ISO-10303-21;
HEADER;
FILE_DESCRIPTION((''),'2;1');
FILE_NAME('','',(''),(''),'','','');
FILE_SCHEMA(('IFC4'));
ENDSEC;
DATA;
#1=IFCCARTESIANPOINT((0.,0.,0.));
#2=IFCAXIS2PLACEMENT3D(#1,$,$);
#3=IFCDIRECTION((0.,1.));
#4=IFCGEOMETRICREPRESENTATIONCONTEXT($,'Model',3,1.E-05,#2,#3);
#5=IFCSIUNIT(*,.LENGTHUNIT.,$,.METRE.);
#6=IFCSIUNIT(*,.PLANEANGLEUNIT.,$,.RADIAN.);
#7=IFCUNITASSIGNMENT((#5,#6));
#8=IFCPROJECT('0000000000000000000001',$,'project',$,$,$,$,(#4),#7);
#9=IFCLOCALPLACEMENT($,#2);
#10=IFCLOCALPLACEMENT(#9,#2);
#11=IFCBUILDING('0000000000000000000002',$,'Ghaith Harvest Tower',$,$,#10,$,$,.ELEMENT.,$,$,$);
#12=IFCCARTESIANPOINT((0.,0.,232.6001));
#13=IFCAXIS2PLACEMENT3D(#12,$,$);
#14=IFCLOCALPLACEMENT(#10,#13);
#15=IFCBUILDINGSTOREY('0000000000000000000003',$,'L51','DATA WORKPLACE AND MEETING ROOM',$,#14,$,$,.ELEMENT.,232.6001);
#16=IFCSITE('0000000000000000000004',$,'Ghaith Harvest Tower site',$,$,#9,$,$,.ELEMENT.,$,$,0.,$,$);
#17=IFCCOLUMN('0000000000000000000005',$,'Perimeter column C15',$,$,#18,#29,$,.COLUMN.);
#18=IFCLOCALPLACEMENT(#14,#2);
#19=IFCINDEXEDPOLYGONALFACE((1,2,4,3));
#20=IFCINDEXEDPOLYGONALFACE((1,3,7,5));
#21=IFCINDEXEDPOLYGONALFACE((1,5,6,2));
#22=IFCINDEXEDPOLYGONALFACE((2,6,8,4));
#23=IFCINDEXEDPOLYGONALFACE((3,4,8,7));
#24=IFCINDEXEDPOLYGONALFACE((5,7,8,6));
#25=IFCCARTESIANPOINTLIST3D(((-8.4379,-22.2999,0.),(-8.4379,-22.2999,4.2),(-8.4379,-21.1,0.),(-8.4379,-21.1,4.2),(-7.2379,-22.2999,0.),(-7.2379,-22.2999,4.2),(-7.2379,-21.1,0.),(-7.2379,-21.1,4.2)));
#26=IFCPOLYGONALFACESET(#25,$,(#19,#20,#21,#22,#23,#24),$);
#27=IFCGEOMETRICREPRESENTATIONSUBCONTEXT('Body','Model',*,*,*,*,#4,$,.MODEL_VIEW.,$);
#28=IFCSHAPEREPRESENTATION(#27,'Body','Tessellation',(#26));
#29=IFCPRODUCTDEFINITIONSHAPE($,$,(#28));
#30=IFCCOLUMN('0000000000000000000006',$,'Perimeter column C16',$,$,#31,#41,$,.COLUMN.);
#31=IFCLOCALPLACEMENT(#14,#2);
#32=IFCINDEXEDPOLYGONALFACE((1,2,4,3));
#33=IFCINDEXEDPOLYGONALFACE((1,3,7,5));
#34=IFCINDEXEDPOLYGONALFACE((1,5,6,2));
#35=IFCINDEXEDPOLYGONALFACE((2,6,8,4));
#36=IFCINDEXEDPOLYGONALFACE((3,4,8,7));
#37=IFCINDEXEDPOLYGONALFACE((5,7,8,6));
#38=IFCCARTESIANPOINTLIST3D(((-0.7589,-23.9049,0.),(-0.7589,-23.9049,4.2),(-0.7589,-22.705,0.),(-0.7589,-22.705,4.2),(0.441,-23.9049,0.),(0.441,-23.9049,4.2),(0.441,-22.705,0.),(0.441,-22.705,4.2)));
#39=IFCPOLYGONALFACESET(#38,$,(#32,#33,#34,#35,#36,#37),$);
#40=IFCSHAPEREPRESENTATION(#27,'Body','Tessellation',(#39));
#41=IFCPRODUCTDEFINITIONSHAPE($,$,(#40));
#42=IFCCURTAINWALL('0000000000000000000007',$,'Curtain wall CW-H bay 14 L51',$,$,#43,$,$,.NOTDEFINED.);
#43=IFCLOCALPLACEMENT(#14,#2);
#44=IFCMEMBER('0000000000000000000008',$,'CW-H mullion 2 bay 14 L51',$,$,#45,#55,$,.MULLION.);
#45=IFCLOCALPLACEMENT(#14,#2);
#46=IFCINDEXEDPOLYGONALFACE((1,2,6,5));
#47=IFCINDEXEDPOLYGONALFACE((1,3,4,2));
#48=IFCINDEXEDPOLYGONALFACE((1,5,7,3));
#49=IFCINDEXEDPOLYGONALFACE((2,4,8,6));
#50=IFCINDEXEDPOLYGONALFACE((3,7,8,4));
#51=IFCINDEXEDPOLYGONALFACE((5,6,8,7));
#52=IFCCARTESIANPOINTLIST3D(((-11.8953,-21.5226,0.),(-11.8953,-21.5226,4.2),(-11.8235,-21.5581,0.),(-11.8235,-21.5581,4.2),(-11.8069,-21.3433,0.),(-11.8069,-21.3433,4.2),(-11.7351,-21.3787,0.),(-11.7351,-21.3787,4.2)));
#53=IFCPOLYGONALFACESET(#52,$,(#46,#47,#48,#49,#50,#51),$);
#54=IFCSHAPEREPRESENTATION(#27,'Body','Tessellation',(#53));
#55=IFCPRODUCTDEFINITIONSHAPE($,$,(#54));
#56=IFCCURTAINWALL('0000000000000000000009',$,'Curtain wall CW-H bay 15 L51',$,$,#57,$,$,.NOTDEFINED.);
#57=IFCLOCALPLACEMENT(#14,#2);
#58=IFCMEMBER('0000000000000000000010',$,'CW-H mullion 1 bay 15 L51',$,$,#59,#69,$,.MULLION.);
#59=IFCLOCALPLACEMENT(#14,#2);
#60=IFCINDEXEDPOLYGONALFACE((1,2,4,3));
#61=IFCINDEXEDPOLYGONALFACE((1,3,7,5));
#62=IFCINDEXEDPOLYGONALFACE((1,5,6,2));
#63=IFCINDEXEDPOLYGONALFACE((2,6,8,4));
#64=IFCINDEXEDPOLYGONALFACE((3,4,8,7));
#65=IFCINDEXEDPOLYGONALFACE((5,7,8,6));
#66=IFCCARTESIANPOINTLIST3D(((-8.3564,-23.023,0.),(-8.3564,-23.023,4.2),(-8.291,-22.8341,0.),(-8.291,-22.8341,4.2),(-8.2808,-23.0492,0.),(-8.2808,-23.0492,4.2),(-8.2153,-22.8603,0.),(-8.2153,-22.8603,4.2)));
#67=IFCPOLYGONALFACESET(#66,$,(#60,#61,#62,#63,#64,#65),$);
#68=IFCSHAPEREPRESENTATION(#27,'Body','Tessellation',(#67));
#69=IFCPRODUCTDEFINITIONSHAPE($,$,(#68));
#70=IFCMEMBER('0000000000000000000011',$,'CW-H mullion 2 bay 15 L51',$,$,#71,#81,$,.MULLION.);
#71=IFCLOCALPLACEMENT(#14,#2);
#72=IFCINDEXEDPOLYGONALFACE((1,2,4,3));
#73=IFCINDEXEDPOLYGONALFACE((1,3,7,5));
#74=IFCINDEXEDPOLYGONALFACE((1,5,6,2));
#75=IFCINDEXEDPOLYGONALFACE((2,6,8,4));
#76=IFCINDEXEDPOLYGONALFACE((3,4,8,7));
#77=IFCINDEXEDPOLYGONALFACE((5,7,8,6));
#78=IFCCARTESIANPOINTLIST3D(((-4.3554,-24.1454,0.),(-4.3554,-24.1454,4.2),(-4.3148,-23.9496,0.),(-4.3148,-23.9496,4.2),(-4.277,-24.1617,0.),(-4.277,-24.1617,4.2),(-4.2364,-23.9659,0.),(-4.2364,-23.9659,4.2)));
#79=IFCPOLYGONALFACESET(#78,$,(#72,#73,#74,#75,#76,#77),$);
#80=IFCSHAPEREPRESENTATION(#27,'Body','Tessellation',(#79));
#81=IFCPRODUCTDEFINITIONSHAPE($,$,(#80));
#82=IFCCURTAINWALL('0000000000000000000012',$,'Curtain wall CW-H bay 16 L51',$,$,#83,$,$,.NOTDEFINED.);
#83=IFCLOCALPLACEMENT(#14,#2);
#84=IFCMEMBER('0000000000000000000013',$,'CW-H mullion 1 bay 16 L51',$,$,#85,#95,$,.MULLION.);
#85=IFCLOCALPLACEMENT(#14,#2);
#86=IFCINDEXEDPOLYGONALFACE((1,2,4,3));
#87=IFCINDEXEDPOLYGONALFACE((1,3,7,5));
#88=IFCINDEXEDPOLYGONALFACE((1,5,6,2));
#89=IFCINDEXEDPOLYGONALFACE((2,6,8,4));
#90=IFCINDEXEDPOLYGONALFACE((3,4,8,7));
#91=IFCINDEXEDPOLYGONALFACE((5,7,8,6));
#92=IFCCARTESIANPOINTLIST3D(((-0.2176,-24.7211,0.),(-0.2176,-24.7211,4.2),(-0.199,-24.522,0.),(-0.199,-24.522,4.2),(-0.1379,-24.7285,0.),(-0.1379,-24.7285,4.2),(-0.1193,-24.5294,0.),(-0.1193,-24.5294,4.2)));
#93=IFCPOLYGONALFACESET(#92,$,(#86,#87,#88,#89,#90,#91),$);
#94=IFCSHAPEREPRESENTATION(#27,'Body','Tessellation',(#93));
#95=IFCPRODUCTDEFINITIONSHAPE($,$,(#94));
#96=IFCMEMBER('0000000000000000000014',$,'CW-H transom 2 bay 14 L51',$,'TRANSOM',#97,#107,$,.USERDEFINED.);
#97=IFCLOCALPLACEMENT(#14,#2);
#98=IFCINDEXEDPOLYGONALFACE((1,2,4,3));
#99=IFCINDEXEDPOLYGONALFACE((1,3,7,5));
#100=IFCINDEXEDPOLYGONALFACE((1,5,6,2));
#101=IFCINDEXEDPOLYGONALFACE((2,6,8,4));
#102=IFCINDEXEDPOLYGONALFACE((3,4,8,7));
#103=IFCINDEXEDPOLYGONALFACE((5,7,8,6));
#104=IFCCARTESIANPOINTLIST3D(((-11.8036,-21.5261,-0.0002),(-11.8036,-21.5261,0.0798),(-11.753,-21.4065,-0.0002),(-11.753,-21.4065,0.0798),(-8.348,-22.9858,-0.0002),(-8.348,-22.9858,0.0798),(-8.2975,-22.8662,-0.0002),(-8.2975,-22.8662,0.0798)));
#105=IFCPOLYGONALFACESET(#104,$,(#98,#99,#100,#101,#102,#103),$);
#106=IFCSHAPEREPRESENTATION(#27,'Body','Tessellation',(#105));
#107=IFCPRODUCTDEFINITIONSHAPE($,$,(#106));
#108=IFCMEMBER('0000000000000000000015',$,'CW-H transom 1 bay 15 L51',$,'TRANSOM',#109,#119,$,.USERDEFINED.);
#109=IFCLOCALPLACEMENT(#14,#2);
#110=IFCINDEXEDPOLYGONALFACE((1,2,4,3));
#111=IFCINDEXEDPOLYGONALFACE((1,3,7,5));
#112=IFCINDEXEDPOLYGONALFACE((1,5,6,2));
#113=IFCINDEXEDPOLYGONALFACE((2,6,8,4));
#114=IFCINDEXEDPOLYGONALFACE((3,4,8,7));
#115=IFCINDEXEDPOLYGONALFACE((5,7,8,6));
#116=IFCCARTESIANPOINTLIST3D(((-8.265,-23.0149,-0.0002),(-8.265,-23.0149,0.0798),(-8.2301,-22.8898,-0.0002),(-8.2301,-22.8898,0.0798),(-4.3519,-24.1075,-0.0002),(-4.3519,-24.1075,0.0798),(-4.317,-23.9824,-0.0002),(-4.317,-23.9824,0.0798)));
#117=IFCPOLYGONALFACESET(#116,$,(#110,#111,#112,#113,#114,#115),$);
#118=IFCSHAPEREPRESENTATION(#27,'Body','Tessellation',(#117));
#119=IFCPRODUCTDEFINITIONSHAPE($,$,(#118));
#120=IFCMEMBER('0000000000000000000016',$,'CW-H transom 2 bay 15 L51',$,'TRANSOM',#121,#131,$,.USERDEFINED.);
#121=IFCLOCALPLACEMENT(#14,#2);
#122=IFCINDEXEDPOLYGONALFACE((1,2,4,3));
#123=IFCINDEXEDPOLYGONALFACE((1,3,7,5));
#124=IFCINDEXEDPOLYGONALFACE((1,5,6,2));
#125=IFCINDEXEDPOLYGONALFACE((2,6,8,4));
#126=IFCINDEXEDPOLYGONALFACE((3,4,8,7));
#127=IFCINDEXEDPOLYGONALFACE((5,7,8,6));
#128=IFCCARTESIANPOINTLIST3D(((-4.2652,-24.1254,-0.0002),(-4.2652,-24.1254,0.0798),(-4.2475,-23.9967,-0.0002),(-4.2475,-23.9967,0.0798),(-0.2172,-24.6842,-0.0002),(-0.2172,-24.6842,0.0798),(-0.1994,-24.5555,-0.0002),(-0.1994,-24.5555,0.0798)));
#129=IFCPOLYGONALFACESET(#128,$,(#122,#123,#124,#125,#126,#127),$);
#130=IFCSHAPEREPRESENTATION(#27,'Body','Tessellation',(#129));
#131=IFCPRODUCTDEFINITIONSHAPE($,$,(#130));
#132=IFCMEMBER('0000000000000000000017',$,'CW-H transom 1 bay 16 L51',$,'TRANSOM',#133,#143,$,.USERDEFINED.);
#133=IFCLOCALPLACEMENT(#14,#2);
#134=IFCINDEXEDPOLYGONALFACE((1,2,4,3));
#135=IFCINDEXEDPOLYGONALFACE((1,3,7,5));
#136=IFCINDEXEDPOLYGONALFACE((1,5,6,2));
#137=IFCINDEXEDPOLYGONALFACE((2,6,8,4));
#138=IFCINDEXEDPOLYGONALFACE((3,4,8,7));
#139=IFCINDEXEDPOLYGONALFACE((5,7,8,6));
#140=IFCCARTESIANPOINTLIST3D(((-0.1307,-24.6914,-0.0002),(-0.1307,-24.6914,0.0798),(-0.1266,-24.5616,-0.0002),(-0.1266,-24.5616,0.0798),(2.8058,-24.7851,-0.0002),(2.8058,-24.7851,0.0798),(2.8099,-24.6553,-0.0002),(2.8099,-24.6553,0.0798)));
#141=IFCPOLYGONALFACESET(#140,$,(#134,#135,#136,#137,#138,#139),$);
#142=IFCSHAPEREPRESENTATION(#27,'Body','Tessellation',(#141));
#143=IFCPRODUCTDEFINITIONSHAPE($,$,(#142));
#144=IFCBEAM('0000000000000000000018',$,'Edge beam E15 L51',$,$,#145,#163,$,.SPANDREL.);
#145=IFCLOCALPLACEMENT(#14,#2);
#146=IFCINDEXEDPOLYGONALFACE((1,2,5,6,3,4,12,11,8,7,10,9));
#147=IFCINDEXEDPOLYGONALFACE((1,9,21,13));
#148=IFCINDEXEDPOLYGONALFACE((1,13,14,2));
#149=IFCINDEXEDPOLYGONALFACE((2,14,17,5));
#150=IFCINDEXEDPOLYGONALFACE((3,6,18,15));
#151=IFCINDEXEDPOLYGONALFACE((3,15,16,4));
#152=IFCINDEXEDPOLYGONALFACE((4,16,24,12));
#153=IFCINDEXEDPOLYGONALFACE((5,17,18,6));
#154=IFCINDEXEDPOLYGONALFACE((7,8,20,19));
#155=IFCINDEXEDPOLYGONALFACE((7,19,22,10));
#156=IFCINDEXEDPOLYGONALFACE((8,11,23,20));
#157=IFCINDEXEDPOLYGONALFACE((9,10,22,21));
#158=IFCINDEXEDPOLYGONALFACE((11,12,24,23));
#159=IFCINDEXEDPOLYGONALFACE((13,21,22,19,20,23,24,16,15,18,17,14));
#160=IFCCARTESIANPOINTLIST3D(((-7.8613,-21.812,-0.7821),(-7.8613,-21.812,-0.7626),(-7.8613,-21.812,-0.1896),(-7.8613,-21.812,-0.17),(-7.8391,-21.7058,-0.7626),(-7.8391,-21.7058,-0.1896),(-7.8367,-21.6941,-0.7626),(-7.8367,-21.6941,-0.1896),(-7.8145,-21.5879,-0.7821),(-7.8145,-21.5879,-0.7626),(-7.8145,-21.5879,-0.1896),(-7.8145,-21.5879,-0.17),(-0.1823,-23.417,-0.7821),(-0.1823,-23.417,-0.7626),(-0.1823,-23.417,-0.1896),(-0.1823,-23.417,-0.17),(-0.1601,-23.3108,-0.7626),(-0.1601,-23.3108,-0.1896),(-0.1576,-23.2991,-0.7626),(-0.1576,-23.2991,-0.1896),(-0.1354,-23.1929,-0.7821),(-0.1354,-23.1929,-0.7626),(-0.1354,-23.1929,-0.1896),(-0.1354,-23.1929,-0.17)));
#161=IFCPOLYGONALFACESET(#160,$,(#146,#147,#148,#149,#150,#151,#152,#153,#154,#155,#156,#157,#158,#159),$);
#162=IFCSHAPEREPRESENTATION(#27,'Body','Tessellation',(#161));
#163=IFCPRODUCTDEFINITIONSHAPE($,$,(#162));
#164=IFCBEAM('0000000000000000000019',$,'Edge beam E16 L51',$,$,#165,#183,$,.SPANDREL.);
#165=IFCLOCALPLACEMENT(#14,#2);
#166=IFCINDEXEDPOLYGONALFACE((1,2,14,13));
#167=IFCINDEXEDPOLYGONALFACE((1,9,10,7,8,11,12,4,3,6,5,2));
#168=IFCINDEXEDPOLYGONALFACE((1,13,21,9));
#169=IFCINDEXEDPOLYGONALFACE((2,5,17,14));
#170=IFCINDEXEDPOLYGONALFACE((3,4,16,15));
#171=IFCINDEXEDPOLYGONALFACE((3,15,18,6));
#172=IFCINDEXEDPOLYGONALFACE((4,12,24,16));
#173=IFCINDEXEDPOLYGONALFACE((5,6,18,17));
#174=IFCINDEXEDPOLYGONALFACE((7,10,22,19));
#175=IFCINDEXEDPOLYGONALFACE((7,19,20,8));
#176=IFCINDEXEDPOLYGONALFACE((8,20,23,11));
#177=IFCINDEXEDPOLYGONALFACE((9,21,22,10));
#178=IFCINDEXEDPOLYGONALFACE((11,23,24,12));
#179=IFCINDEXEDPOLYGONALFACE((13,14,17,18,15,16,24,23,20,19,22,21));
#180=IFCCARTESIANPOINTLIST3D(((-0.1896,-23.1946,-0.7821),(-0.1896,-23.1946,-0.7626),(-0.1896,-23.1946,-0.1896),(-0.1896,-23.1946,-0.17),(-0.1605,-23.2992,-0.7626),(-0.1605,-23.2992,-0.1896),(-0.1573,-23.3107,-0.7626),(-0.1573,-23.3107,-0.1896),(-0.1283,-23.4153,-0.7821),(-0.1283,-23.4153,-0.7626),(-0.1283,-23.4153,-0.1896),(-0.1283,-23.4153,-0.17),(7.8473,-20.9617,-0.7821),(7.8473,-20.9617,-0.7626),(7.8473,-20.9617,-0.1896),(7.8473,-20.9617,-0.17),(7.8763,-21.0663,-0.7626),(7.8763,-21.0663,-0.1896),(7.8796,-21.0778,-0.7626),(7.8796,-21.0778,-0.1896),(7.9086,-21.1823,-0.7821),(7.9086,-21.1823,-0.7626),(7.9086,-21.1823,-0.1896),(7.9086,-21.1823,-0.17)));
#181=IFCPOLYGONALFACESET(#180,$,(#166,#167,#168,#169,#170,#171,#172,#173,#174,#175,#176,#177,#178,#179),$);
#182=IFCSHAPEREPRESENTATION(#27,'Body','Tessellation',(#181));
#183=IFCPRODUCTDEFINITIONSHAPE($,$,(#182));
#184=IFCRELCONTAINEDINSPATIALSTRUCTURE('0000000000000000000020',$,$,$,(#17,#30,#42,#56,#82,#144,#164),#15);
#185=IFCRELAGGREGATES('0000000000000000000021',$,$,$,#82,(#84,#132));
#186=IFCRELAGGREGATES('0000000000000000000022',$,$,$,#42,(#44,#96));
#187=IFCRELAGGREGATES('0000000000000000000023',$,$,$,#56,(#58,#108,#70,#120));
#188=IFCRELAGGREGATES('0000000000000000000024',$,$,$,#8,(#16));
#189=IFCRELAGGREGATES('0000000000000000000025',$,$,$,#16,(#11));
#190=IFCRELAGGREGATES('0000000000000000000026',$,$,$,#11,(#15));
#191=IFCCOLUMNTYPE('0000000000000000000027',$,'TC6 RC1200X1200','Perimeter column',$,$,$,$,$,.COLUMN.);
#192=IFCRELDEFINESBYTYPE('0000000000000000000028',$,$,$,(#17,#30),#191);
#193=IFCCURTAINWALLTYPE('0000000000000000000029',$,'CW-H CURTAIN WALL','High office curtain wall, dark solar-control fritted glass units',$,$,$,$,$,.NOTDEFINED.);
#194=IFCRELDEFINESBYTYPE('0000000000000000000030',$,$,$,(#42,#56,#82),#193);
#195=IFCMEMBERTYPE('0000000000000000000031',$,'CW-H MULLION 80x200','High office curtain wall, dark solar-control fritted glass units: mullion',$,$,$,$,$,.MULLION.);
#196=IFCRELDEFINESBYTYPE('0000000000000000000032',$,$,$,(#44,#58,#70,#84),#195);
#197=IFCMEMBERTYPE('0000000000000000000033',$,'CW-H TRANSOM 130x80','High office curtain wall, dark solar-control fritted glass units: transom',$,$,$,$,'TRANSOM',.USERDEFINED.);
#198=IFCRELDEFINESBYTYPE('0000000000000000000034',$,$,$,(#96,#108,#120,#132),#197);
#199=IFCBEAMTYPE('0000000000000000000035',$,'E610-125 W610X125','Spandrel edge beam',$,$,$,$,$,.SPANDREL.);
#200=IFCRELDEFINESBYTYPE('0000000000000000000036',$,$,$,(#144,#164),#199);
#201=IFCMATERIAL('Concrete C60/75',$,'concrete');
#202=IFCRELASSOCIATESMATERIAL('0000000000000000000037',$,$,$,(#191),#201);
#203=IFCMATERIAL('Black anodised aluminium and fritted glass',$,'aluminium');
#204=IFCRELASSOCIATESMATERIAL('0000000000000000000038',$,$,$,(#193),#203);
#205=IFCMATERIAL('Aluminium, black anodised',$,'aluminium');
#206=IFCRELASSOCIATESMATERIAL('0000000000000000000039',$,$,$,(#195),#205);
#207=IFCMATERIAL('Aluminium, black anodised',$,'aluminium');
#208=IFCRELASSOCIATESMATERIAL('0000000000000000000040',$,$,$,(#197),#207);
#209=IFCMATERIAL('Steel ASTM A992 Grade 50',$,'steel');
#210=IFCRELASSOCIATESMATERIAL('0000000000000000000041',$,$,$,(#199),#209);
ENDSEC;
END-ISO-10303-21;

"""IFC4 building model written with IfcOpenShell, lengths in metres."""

from ifc_helpers import new_model, si_unit, direction, frame, origin, origin_2d, place, context, subcontext, project, spatial, rectangle, i_section, extrude, material, material_profile, profile_set, type_object, element, aggregate, save


model = new_model("IFC4")

# Units and contexts
model_context = context("Model", 3, precision=1e-05, world=origin(), true_north=direction((0.0, 1.0)))
body_context = subcontext(model_context, "Body", "Model", "MODEL_VIEW")
ifc_project = project(units=[si_unit("LENGTHUNIT", "METRE"), si_unit("PLANEANGLEUNIT", "RADIAN")], contexts=[model_context])

# Site, building, storey
site_placement = place(None, origin())
site = spatial("IfcSite", under=ifc_project, at=site_placement, Name="Ghaith Harvest Tower site", CompositionType="ELEMENT", RefElevation=0.0)
building_placement = place(site_placement, origin())
building = spatial("IfcBuilding", under=site, at=building_placement, Name="Ghaith Harvest Tower", CompositionType="ELEMENT")
storey_placement = place(building_placement, frame((0.0, 0.0, 232.6001)))
storey = spatial("IfcBuildingStorey", under=building, at=storey_placement, Name="L51", Description="DATA WORKPLACE AND MEETING ROOM", CompositionType="ELEMENT", Elevation=232.6001)

# Columns
ifc_material_1 = material(Name="Concrete C60/75", Category="concrete")
ifc_material_profile_1 = material_profile(ifc_material_1, rectangle(XDim=1.2, YDim=1.2, at=origin_2d()), Name="RC1200X1200")
ifc_profile_set_1 = profile_set([ifc_material_profile_1], Name="Concrete C60/75")
column_type = type_object("IfcColumnType", Name="TC6 RC1200X1200", Description="Perimeter column", PredefinedType="COLUMN", material=ifc_profile_set_1)
for number, where, z_axis, x_axis, name in (
    (1, (-7.8379, -21.7, 0.0), (0.0, 0.0, 1.0), (1.0, 0.0, 0.0), "Perimeter column C15"),
    (2, (-0.1589, -23.3049, 0.0), (0.0, 0.0, 1.0), (1.0, 0.0, 0.0), "Perimeter column C16"),
):
    element("IfcColumn", number, at=place(storey_placement, frame(where, z_axis=z_axis, x_axis=x_axis)), inside=storey, type_object=column_type, Name=name, PredefinedType="COLUMN", context=body_context, shape_type="SweptSolid", body=[
        extrude(rectangle(XDim=1.2, YDim=1.2, at=origin_2d()), origin(), (0.0, 0.0, 1.0), 4.2),
    ])

# Curtain wall, member
ifc_material_2 = material(Name="Black anodised aluminium and fritted glass", Category="aluminium")
curtain_wall_type = type_object("IfcCurtainWallType", Name="CW-H CURTAIN WALL", Description="High office curtain wall, dark solar-control fritted glass units", PredefinedType="NOTDEFINED", material=ifc_material_2)
curtain_wall_1_placement = place(storey_placement, origin())
curtain_wall_1 = element("IfcCurtainWall", 3, at=curtain_wall_1_placement, inside=storey, type_object=curtain_wall_type, Name="Curtain wall CW-H bay 14 L51", PredefinedType="NOTDEFINED")
ifc_material_3 = material(Name="Aluminium, black anodised", Category="aluminium")
ifc_material_profile_2 = material_profile(ifc_material_3, rectangle(XDim=0.0801, YDim=0.2, at=origin_2d()), Name="CW-H MULLION 80x200")
ifc_profile_set_2 = profile_set([ifc_material_profile_2], Name="Aluminium, black anodised")
member_type_1 = type_object("IfcMemberType", Name="CW-H MULLION 80x200", Description="High office curtain wall, dark solar-control fritted glass units: mullion", PredefinedType="MULLION", material=ifc_profile_set_2)
member_1_placement = place(storey_placement, frame((-11.8152, -21.4507, 0.0), z_axis=(0.0, 0.0, 1.0), x_axis=(0.896853, -0.442329, 0.0)))
member_1 = element("IfcMember", 4, at=member_1_placement, type_object=member_type_1, Name="CW-H mullion 2 bay 14 L51", PredefinedType="MULLION", context=body_context, shape_type="SweptSolid", body=[
    extrude(rectangle(XDim=0.0801, YDim=0.2, at=origin_2d()), origin(), (0.0, 0.0, 1.0), 4.2),
])

# Curtain wall, members
curtain_wall_2_placement = place(storey_placement, origin())
curtain_wall_2 = element("IfcCurtainWall", 5, at=curtain_wall_2_placement, inside=storey, type_object=curtain_wall_type, Name="Curtain wall CW-H bay 15 L51", PredefinedType="NOTDEFINED")
member_2_placement = place(storey_placement, frame((-8.2859, -22.9417, 0.0), z_axis=(0.0, 0.0, 1.0), x_axis=(0.944906, -0.327342, 0.0)))
member_2 = element("IfcMember", 6, at=member_2_placement, type_object=member_type_1, Name="CW-H mullion 1 bay 15 L51", PredefinedType="MULLION", context=body_context, shape_type="SweptSolid", body=[
    extrude(rectangle(XDim=0.0801, YDim=0.2, at=origin_2d()), origin(), (0.0, 0.0, 1.0), 4.2),
])
member_3_placement = place(storey_placement, frame((-4.2959, -24.0557, 0.0), z_axis=(0.0, 0.0, 1.0), x_axis=(0.979161, -0.203084, 0.0)))
member_3 = element("IfcMember", 7, at=member_3_placement, type_object=member_type_1, Name="CW-H mullion 2 bay 15 L51", PredefinedType="MULLION", context=body_context, shape_type="SweptSolid", body=[
    extrude(rectangle(XDim=0.0801, YDim=0.2, at=origin_2d()), origin(), (0.0, 0.0, 1.0), 4.2),
])

# Curtain wall, member
curtain_wall_3_placement = place(storey_placement, origin())
curtain_wall_3 = element("IfcCurtainWall", 8, at=curtain_wall_3_placement, inside=storey, type_object=curtain_wall_type, Name="Curtain wall CW-H bay 16 L51", PredefinedType="NOTDEFINED")
member_4_placement = place(storey_placement, frame((-0.1685, -24.6252, 0.0), z_axis=(0.0, 0.0, 1.0), x_axis=(0.995685, -0.092802, 0.0)))
member_4 = element("IfcMember", 9, at=member_4_placement, type_object=member_type_1, Name="CW-H mullion 1 bay 16 L51", PredefinedType="MULLION", context=body_context, shape_type="SweptSolid", body=[
    extrude(rectangle(XDim=0.0801, YDim=0.2, at=origin_2d()), origin(), (0.0, 0.0, 1.0), 4.2),
])

# Members
ifc_material_4 = material(Name="Aluminium, black anodised", Category="aluminium")
ifc_material_profile_3 = material_profile(ifc_material_4, rectangle(XDim=0.1299, YDim=0.0801, at=origin_2d()), Name="CW-H TRANSOM 130x80")
ifc_profile_set_3 = profile_set([ifc_material_profile_3], Name="Aluminium, black anodised")
member_type_2 = type_object("IfcMemberType", Name="CW-H TRANSOM 130x80", Description="High office curtain wall, dark solar-control fritted glass units: transom", ElementType="TRANSOM", PredefinedType="USERDEFINED", material=ifc_profile_set_3)
member_5_placement = place(storey_placement, frame((-11.7783, -21.4663, 0.0398), z_axis=(0.921183, -0.38913, 0.0), x_axis=(0.38913, 0.921183, 0.0)))
member_5 = element("IfcMember", 10, at=member_5_placement, type_object=member_type_2, Name="CW-H transom 2 bay 14 L51", ObjectType="TRANSOM", PredefinedType="USERDEFINED", context=body_context, shape_type="SweptSolid", body=[
    extrude(rectangle(XDim=0.1299, YDim=0.0801, at=origin_2d()), origin(), (0.0, 0.0, 1.0), 3.7512),
])
member_6_placement = place(storey_placement, frame((-8.2476, -22.9524, 0.0398), z_axis=(0.963164, -0.268914, 0.0), x_axis=(0.268914, 0.963164, 0.0)))
member_6 = element("IfcMember", 11, at=member_6_placement, type_object=member_type_2, Name="CW-H transom 1 bay 15 L51", ObjectType="TRANSOM", PredefinedType="USERDEFINED", context=body_context, shape_type="SweptSolid", body=[
    extrude(rectangle(XDim=0.1299, YDim=0.0801, at=origin_2d()), origin(), (0.0, 0.0, 1.0), 4.0627),
])
member_7_placement = place(storey_placement, frame((-4.2563, -24.061, 0.0398), z_axis=(0.990605, -0.136753, 0.0), x_axis=(0.136753, 0.990605, 0.0)))
member_7 = element("IfcMember", 12, at=member_7_placement, type_object=member_type_2, Name="CW-H transom 2 bay 15 L51", ObjectType="TRANSOM", PredefinedType="USERDEFINED", context=body_context, shape_type="SweptSolid", body=[
    extrude(rectangle(XDim=0.1299, YDim=0.0801, at=origin_2d()), origin(), (0.0, 0.0, 1.0), 4.0864),
])
member_8_placement = place(storey_placement, frame((-0.1287, -24.6265, 0.0398), z_axis=(0.999491, -0.031909, 0.0), x_axis=(0.031909, 0.999491, 0.0)))
member_8 = element("IfcMember", 13, at=member_8_placement, type_object=member_type_2, Name="CW-H transom 1 bay 16 L51", ObjectType="TRANSOM", PredefinedType="USERDEFINED", context=body_context, shape_type="SweptSolid", body=[
    extrude(rectangle(XDim=0.1299, YDim=0.0801, at=origin_2d()), origin(), (0.0, 0.0, 1.0), 2.938),
])
aggregate(curtain_wall_3, [member_4, member_8])

# Beams
ifc_material_5 = material(Name="Steel ASTM A992 Grade 50", Category="steel")
ifc_material_profile_4 = material_profile(ifc_material_5, i_section(OverallWidth=0.229, OverallDepth=0.6121, WebThickness=0.012, FlangeThickness=0.0195, at=origin_2d()), Name="W610X125")
ifc_profile_set_4 = profile_set([ifc_material_profile_4], Name="Steel ASTM A992 Grade 50")
beam_type_1 = type_object("IfcBeamType", Name="E610-125 W610X125", Description="Spandrel edge beam", PredefinedType="SPANDREL", material=ifc_profile_set_4)
beam_1_placement = place(storey_placement, frame((-7.8379, -21.7, -0.4761), z_axis=(0.978848, -0.204589, 0.0), x_axis=(0.204589, 0.978848, 0.0)))
element("IfcBeam", 14, at=beam_1_placement, inside=storey, type_object=beam_type_1, Name="Edge beam E15 L51", PredefinedType="SPANDREL", context=body_context, shape_type="SweptSolid", body=[
    extrude(i_section(OverallWidth=0.229, OverallDepth=0.6121, WebThickness=0.012, FlangeThickness=0.0195, at=origin_2d()), origin(), (0.0, 0.0, 1.0), 7.845),
])
beam_2_placement = place(storey_placement, frame((-0.1589, -23.3049, -0.4761), z_axis=(0.963504, 0.267694, 0.0), x_axis=(-0.267694, 0.963504, 0.0)))
element("IfcBeam", 15, at=beam_2_placement, inside=storey, type_object=beam_type_1, Name="Edge beam E16 L51", PredefinedType="SPANDREL", context=body_context, shape_type="SweptSolid", body=[
    extrude(i_section(OverallWidth=0.229, OverallDepth=0.6121, WebThickness=0.012, FlangeThickness=0.0195, at=origin_2d()), origin(), (0.0, 0.0, 1.0), 8.3413),
])

aggregate(curtain_wall_1, [member_1, member_5])
aggregate(curtain_wall_2, [member_2, member_6, member_3, member_7])

save(model, "model.ifc")
